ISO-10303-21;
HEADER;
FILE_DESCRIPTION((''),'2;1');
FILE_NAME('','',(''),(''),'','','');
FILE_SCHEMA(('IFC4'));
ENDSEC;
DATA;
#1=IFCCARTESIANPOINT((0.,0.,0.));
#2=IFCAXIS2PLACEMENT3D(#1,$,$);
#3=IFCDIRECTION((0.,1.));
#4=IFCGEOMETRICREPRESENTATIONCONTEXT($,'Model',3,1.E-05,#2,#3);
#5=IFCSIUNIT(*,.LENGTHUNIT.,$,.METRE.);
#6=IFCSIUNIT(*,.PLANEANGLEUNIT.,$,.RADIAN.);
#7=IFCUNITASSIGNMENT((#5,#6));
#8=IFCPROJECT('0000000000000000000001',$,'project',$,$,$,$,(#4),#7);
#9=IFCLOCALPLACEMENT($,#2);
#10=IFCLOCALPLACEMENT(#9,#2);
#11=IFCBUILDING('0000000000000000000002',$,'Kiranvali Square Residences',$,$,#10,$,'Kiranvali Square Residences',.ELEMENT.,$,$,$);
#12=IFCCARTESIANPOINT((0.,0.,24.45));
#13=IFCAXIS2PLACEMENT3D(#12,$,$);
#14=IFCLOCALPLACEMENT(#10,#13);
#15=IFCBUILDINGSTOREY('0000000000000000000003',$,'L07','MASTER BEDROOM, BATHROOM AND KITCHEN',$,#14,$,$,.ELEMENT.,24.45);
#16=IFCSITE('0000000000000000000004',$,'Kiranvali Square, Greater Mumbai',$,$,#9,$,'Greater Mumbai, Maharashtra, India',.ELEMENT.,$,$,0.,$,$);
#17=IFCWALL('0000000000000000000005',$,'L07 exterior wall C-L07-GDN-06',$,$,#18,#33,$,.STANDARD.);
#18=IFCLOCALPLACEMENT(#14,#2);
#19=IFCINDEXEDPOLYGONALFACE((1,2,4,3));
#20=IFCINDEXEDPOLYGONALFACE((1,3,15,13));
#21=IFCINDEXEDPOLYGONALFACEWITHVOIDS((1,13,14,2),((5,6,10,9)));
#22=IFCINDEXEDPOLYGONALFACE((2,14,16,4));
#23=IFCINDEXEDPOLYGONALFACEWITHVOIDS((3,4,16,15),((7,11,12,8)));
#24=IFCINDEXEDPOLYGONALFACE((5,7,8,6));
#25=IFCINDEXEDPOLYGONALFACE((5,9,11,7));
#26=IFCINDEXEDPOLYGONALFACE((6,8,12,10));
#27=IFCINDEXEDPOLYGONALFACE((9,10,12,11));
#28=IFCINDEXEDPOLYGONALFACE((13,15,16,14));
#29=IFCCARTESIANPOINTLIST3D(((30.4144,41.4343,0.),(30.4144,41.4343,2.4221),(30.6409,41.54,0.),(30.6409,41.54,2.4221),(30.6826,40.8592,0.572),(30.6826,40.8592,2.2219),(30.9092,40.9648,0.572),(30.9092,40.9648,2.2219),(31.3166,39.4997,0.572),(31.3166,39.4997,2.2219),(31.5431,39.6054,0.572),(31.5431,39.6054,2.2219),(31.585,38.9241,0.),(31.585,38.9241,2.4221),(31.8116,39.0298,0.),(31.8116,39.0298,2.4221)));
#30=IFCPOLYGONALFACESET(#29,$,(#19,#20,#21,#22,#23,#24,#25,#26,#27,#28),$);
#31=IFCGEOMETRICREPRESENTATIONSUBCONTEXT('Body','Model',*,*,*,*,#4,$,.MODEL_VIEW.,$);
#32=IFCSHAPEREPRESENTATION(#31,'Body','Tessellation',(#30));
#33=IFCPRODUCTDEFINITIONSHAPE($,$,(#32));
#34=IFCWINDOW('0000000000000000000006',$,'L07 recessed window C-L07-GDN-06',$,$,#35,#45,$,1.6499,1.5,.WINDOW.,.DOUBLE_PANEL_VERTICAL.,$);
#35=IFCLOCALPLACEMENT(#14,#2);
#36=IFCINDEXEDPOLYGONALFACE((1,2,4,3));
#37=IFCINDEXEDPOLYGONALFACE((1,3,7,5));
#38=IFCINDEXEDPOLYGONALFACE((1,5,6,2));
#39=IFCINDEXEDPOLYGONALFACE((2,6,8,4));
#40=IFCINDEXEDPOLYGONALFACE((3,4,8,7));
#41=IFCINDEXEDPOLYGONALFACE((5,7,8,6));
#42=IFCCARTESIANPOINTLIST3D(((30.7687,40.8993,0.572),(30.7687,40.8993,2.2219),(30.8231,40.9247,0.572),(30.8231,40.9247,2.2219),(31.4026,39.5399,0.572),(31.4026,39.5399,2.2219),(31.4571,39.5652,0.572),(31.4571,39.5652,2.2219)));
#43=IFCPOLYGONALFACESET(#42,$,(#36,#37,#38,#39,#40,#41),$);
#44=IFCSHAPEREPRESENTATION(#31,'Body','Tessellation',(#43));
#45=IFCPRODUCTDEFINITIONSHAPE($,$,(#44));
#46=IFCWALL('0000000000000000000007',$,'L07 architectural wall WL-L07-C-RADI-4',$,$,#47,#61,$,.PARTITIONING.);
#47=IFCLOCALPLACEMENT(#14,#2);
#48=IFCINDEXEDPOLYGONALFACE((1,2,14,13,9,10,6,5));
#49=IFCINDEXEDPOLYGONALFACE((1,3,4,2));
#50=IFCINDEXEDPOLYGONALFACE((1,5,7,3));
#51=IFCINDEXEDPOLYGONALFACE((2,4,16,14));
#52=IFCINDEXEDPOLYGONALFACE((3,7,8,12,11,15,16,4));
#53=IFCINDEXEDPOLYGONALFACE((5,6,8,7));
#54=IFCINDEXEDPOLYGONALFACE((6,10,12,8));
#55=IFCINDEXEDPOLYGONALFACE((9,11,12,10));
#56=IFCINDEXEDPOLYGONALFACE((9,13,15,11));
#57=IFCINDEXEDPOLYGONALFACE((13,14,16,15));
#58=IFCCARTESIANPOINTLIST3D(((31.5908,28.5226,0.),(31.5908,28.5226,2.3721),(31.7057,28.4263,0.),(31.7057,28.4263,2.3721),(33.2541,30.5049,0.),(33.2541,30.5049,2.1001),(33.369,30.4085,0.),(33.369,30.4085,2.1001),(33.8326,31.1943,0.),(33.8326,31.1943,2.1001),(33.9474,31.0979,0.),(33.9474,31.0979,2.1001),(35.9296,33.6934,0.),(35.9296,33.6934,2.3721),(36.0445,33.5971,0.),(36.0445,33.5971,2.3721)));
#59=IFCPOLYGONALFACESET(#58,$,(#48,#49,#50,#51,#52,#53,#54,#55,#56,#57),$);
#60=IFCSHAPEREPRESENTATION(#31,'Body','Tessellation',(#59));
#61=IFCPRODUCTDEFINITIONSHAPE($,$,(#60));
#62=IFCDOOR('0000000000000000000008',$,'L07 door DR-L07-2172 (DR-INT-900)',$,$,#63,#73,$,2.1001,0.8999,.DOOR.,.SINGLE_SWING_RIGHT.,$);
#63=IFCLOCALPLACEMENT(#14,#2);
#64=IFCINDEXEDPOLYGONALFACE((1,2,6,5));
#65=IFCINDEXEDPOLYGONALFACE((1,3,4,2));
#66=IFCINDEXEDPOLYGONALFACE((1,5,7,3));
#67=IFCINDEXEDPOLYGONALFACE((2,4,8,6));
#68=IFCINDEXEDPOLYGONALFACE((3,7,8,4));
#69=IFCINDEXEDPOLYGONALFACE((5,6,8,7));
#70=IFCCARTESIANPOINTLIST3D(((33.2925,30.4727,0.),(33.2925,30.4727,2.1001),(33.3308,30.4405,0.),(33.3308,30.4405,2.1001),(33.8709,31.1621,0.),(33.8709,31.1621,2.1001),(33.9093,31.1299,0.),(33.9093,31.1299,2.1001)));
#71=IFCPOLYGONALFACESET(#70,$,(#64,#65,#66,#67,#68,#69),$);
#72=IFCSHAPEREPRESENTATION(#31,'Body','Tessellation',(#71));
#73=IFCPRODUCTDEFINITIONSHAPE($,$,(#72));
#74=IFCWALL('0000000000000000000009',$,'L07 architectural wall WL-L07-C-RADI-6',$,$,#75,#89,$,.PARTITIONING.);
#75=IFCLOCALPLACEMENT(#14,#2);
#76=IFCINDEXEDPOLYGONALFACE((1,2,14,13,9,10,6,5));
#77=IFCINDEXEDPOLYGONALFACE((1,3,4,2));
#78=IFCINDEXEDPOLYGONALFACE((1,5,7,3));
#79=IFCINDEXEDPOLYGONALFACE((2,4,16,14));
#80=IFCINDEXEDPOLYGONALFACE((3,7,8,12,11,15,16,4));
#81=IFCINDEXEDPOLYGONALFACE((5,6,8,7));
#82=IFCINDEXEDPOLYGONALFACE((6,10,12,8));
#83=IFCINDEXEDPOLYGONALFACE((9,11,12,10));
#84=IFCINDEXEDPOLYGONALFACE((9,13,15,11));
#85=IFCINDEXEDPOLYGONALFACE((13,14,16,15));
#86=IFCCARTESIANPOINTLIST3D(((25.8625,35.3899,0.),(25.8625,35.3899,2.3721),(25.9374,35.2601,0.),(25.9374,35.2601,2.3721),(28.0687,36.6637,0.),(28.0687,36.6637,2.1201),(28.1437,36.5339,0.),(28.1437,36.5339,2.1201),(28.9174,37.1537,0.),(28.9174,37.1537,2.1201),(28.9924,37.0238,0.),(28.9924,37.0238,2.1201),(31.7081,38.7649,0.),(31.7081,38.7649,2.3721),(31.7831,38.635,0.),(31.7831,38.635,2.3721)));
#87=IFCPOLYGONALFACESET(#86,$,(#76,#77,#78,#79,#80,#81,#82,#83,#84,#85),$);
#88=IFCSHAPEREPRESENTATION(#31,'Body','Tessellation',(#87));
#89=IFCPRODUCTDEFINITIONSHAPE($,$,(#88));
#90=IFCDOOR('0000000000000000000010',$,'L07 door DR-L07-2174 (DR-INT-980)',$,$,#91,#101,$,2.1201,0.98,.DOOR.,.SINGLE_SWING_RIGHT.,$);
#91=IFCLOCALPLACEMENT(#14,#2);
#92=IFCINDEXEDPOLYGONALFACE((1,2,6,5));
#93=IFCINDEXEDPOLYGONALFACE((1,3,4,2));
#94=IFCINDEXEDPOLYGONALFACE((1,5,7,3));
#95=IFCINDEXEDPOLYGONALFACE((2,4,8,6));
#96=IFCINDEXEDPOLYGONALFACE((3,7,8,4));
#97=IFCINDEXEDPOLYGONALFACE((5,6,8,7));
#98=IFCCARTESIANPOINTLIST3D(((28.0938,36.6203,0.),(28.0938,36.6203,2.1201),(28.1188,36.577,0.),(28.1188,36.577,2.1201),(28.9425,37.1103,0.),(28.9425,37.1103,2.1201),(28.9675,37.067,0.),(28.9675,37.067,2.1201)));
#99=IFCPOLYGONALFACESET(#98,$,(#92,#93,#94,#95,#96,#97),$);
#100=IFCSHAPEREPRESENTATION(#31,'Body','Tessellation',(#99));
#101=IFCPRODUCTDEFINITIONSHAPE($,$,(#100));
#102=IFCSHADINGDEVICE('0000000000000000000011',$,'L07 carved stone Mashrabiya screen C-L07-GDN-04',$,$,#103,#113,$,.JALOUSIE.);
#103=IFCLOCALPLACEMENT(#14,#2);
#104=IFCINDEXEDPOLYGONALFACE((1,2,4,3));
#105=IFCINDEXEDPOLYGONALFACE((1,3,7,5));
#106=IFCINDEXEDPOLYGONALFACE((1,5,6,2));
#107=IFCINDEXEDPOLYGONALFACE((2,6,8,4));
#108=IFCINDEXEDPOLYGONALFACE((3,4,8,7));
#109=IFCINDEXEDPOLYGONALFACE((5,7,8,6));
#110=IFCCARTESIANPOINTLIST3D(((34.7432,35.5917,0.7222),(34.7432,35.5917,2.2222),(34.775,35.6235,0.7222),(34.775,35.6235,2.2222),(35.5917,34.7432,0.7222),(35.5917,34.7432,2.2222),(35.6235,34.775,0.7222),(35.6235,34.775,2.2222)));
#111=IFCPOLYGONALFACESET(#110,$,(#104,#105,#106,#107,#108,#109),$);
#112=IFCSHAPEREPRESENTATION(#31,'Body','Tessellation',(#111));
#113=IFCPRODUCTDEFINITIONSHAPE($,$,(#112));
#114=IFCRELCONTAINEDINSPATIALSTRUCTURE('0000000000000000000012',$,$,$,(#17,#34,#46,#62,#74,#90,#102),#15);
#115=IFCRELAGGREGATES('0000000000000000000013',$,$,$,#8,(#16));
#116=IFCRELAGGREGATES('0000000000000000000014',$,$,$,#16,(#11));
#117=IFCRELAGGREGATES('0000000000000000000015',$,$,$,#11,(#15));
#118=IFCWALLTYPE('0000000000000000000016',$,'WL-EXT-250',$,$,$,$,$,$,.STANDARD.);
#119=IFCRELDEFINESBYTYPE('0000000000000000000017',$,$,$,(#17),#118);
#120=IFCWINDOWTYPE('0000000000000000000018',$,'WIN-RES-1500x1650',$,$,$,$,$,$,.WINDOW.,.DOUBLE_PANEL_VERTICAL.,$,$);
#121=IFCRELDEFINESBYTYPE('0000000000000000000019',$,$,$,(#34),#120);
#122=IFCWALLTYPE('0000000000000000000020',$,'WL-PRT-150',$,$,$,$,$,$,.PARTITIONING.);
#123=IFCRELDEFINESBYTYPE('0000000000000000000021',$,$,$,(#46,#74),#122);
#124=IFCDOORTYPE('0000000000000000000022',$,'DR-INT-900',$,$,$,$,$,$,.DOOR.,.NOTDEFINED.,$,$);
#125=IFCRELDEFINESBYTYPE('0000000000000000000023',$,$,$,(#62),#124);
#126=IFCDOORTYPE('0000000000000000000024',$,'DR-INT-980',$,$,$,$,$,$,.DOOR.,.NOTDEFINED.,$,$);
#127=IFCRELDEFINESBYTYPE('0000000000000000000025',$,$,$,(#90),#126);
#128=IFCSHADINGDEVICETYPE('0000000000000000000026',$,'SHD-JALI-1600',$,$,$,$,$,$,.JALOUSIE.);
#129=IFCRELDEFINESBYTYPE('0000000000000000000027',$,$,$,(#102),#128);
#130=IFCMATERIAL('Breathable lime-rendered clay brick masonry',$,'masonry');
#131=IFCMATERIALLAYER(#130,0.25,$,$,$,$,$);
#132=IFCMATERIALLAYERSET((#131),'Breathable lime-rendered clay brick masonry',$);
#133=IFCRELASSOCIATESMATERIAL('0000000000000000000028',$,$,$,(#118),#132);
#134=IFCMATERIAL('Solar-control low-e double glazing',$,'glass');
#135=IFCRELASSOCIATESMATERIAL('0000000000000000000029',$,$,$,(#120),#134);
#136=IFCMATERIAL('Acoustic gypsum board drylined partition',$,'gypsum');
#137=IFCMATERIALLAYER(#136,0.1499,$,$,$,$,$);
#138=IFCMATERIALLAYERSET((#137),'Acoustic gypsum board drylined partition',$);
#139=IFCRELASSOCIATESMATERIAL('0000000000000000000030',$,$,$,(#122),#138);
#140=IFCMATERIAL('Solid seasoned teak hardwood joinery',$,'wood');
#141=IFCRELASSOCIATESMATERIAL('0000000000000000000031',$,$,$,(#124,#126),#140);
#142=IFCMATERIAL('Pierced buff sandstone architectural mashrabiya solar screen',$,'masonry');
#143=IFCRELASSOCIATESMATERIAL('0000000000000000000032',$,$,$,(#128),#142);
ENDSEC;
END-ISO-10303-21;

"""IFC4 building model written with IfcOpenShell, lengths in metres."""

from ifc_helpers import new_model, si_unit, direction, frame, frame_2d, origin, origin_2d, place, context, subcontext, project, spatial, rectangle, extrude, material, layer, layer_set, type_object, element, fill, save


model = new_model("IFC4")

# Units and contexts
model_context = context("Model", 3, precision=1e-05, world=origin(), true_north=direction((0.0, 1.0)))
body_context = subcontext(model_context, "Body", "Model", "MODEL_VIEW")
ifc_project = project(units=[si_unit("LENGTHUNIT", "METRE"), si_unit("PLANEANGLEUNIT", "RADIAN")], contexts=[model_context])

# Site, building, storey
site_placement = place(None, origin())
site = spatial("IfcSite", under=ifc_project, at=site_placement, Name="Kiranvali Square, Greater Mumbai", LongName="Greater Mumbai, Maharashtra, India", CompositionType="ELEMENT", RefElevation=0.0)
building_placement = place(site_placement, origin())
building = spatial("IfcBuilding", under=site, at=building_placement, Name="Kiranvali Square Residences", LongName="Kiranvali Square Residences", CompositionType="ELEMENT")
storey_placement = place(building_placement, frame((0.0, 0.0, 24.45)))
storey = spatial("IfcBuildingStorey", under=building, at=storey_placement, Name="L07", Description="MASTER BEDROOM, BATHROOM AND KITCHEN", CompositionType="ELEMENT", Elevation=24.45)

# Shared definitions
ifc_material_1 = material(Name="Breathable lime-rendered clay brick masonry", Category="masonry")
ifc_layer_1 = layer(ifc_material_1, 0.25)
ifc_layer_set_1 = layer_set([ifc_layer_1], Name="Breathable lime-rendered clay brick masonry")
wall_type_1 = type_object("IfcWallType", Name="WL-EXT-250", PredefinedType="STANDARD", material=ifc_layer_set_1)
ifc_material_2 = material(Name="Solar-control low-e double glazing", Category="glass")

# Wall, opening, window
wall_1_placement = place(storey_placement, frame((31.6982, 38.9771, 0.0), z_axis=(0.0, 0.0, 1.0), x_axis=(-0.422649, 0.906293, 0.0)))
wall_1 = element("IfcWall", 1, at=wall_1_placement, inside=storey, type_object=wall_type_1, Name="L07 exterior wall C-L07-GDN-06", PredefinedType="STANDARD", context=body_context, shape_type="SweptSolid", body=[
    extrude(rectangle(XDim=2.7698, YDim=0.25, at=frame_2d((1.3848, 0.0))), origin(), (0.0, 0.0, 1.0), 2.4221),
])
opening_1_placement = place(wall_1_placement, frame((0.635, 0.0, 0.572)))
opening_1 = element("IfcOpeningElement", 2, at=opening_1_placement, cuts=wall_1, PredefinedType="OPENING", context=body_context, shape_type="SweptSolid", body=[
    extrude(rectangle(XDim=1.5, YDim=1.6499, at=frame_2d((0.75, 0.825))), frame((0.0, 0.135, 0.0), z_axis=(0.0, -1.0, 0.0), x_axis=(1.0, 0.0, 0.0)), (0.0, 0.0, 1.0), 0.27),
])
window_type_1 = type_object("IfcWindowType", Name="WIN-RES-1500x1650", PartitioningType="DOUBLE_PANEL_VERTICAL", PredefinedType="WINDOW", material=ifc_material_2)
window_1_placement = place(opening_1_placement, origin())
window_1 = element("IfcWindow", 3, at=window_1_placement, inside=storey, type_object=window_type_1, Name="L07 recessed window C-L07-GDN-06", OverallHeight=1.6499, OverallWidth=1.5, PartitioningType="DOUBLE_PANEL_VERTICAL", PredefinedType="WINDOW", context=body_context, shape_type="SweptSolid", body=[
    extrude(rectangle(XDim=1.5, YDim=1.6499, at=frame_2d((0.75, 0.825))), frame((0.0, 0.03, 0.0), z_axis=(0.0, -1.0, 0.0), x_axis=(1.0, 0.0, 0.0)), (0.0, 0.0, 1.0), 0.0601),
])
fill(opening_1, window_1)

# Walls, openings, doors
ifc_material_3 = material(Name="Acoustic gypsum board drylined partition", Category="gypsum")
ifc_layer_2 = layer(ifc_material_3, 0.1499)
ifc_layer_set_2 = layer_set([ifc_layer_2], Name="Acoustic gypsum board drylined partition")
wall_type_2 = type_object("IfcWallType", Name="WL-PRT-150", PredefinedType="PARTITIONING", material=ifc_layer_set_2)
wall_2_placement = place(storey_placement, frame((35.9871, 33.6453, 0.0), z_axis=(0.0, 0.0, 1.0), x_axis=(-0.642785, -0.766047, 0.0)))
wall_2 = element("IfcWall", 4, at=wall_2_placement, inside=storey, type_object=wall_type_2, Name="L07 architectural wall WL-L07-C-RADI-4", PredefinedType="PARTITIONING", context=body_context, shape_type="SweptSolid", body=[
    extrude(rectangle(XDim=6.75, YDim=0.1499, at=frame_2d((3.375, 0.0))), origin(), (0.0, 0.0, 1.0), 2.3721),
])
opening_2_placement = place(wall_2_placement, frame((3.2625, 0.0, 0.0)))
opening_2 = element("IfcOpeningElement", 5, at=opening_2_placement, cuts=wall_2, PredefinedType="OPENING", context=body_context, shape_type="SweptSolid", body=[
    extrude(rectangle(XDim=0.8999, YDim=2.1001, at=frame_2d((0.45, 1.05))), frame((0.0, 0.085, 0.0), z_axis=(0.0, -1.0, 0.0), x_axis=(1.0, 0.0, 0.0)), (0.0, 0.0, 1.0), 0.1699),
])
ifc_material_4 = material(Name="Solid seasoned teak hardwood joinery", Category="wood")
door_type_1 = type_object("IfcDoorType", Name="DR-INT-900", OperationType="NOTDEFINED", PredefinedType="DOOR", material=ifc_material_4)
door_1_placement = place(opening_2_placement, frame((0.8999, 0.0, 0.0), z_axis=(0.0, 0.0, 1.0), x_axis=(-1.0, 0.0, 0.0)))
door_1 = element("IfcDoor", 6, at=door_1_placement, inside=storey, type_object=door_type_1, Name="L07 door DR-L07-2172 (DR-INT-900)", OperationType="SINGLE_SWING_RIGHT", OverallHeight=2.1001, OverallWidth=0.8999, PredefinedType="DOOR", context=body_context, shape_type="SweptSolid", body=[
    extrude(rectangle(XDim=0.8999, YDim=2.1001, at=frame_2d((0.45, 1.05))), frame((0.0, 0.0249, 0.0), z_axis=(0.0, -1.0, 0.0), x_axis=(1.0, 0.0, 0.0)), (0.0, 0.0, 1.0), 0.05),
])
fill(opening_2, door_1)
wall_3_placement = place(storey_placement, frame((31.7456, 38.7, 0.0), z_axis=(0.0, 0.0, 1.0), x_axis=(-0.866027, -0.499998, 0.0)))
wall_3 = element("IfcWall", 7, at=wall_3_placement, inside=storey, type_object=wall_type_2, Name="L07 architectural wall WL-L07-C-RADI-6", PredefinedType="PARTITIONING", context=body_context, shape_type="SweptSolid", body=[
    extrude(rectangle(XDim=6.75, YDim=0.1499, at=frame_2d((3.375, 0.0))), origin(), (0.0, 0.0, 1.0), 2.3721),
])
opening_3_placement = place(wall_3_placement, frame((3.2224, 0.0, 0.0)))
opening_3 = element("IfcOpeningElement", 8, at=opening_3_placement, cuts=wall_3, PredefinedType="OPENING", context=body_context, shape_type="SweptSolid", body=[
    extrude(rectangle(XDim=0.98, YDim=2.1201, at=frame_2d((0.49, 1.0601))), frame((0.0, 0.085, 0.0), z_axis=(0.0, -1.0, 0.0), x_axis=(1.0, 0.0, 0.0)), (0.0, 0.0, 1.0), 0.1699),
])
door_type_2 = type_object("IfcDoorType", Name="DR-INT-980", OperationType="NOTDEFINED", PredefinedType="DOOR", material=ifc_material_4)
door_2_placement = place(opening_3_placement, frame((0.98, 0.0, 0.0), z_axis=(0.0, 0.0, 1.0), x_axis=(-1.0, 0.0, 0.0)))
door_2 = element("IfcDoor", 9, at=door_2_placement, inside=storey, type_object=door_type_2, Name="L07 door DR-L07-2174 (DR-INT-980)", OperationType="SINGLE_SWING_RIGHT", OverallHeight=2.1201, OverallWidth=0.98, PredefinedType="DOOR", context=body_context, shape_type="SweptSolid", body=[
    extrude(rectangle(XDim=0.98, YDim=2.1201, at=frame_2d((0.49, 1.0601))), frame((0.0, 0.0249, 0.0), z_axis=(0.0, -1.0, 0.0), x_axis=(1.0, 0.0, 0.0)), (0.0, 0.0, 1.0), 0.05),
])
fill(opening_3, door_2)

# Shading device
ifc_material_5 = material(Name="Pierced buff sandstone architectural mashrabiya solar screen", Category="masonry")
shading_device_type = type_object("IfcShadingDeviceType", Name="SHD-JALI-1600", PredefinedType="JALOUSIE", material=ifc_material_5)
shading_device_placement = place(storey_placement, frame((35.1833, 35.1833, 0.7222), z_axis=(0.0, 0.0, 1.0), x_axis=(-0.707107, 0.707107, 0.0)))
element("IfcShadingDevice", 10, at=shading_device_placement, inside=storey, type_object=shading_device_type, Name="L07 carved stone Mashrabiya screen C-L07-GDN-04", PredefinedType="JALOUSIE", context=body_context, shape_type="SweptSolid", body=[
    extrude(rectangle(XDim=1.2, YDim=0.0449, at=origin_2d()), origin(), (0.0, 0.0, 1.0), 1.5),
])

save(model, "model.ifc")
